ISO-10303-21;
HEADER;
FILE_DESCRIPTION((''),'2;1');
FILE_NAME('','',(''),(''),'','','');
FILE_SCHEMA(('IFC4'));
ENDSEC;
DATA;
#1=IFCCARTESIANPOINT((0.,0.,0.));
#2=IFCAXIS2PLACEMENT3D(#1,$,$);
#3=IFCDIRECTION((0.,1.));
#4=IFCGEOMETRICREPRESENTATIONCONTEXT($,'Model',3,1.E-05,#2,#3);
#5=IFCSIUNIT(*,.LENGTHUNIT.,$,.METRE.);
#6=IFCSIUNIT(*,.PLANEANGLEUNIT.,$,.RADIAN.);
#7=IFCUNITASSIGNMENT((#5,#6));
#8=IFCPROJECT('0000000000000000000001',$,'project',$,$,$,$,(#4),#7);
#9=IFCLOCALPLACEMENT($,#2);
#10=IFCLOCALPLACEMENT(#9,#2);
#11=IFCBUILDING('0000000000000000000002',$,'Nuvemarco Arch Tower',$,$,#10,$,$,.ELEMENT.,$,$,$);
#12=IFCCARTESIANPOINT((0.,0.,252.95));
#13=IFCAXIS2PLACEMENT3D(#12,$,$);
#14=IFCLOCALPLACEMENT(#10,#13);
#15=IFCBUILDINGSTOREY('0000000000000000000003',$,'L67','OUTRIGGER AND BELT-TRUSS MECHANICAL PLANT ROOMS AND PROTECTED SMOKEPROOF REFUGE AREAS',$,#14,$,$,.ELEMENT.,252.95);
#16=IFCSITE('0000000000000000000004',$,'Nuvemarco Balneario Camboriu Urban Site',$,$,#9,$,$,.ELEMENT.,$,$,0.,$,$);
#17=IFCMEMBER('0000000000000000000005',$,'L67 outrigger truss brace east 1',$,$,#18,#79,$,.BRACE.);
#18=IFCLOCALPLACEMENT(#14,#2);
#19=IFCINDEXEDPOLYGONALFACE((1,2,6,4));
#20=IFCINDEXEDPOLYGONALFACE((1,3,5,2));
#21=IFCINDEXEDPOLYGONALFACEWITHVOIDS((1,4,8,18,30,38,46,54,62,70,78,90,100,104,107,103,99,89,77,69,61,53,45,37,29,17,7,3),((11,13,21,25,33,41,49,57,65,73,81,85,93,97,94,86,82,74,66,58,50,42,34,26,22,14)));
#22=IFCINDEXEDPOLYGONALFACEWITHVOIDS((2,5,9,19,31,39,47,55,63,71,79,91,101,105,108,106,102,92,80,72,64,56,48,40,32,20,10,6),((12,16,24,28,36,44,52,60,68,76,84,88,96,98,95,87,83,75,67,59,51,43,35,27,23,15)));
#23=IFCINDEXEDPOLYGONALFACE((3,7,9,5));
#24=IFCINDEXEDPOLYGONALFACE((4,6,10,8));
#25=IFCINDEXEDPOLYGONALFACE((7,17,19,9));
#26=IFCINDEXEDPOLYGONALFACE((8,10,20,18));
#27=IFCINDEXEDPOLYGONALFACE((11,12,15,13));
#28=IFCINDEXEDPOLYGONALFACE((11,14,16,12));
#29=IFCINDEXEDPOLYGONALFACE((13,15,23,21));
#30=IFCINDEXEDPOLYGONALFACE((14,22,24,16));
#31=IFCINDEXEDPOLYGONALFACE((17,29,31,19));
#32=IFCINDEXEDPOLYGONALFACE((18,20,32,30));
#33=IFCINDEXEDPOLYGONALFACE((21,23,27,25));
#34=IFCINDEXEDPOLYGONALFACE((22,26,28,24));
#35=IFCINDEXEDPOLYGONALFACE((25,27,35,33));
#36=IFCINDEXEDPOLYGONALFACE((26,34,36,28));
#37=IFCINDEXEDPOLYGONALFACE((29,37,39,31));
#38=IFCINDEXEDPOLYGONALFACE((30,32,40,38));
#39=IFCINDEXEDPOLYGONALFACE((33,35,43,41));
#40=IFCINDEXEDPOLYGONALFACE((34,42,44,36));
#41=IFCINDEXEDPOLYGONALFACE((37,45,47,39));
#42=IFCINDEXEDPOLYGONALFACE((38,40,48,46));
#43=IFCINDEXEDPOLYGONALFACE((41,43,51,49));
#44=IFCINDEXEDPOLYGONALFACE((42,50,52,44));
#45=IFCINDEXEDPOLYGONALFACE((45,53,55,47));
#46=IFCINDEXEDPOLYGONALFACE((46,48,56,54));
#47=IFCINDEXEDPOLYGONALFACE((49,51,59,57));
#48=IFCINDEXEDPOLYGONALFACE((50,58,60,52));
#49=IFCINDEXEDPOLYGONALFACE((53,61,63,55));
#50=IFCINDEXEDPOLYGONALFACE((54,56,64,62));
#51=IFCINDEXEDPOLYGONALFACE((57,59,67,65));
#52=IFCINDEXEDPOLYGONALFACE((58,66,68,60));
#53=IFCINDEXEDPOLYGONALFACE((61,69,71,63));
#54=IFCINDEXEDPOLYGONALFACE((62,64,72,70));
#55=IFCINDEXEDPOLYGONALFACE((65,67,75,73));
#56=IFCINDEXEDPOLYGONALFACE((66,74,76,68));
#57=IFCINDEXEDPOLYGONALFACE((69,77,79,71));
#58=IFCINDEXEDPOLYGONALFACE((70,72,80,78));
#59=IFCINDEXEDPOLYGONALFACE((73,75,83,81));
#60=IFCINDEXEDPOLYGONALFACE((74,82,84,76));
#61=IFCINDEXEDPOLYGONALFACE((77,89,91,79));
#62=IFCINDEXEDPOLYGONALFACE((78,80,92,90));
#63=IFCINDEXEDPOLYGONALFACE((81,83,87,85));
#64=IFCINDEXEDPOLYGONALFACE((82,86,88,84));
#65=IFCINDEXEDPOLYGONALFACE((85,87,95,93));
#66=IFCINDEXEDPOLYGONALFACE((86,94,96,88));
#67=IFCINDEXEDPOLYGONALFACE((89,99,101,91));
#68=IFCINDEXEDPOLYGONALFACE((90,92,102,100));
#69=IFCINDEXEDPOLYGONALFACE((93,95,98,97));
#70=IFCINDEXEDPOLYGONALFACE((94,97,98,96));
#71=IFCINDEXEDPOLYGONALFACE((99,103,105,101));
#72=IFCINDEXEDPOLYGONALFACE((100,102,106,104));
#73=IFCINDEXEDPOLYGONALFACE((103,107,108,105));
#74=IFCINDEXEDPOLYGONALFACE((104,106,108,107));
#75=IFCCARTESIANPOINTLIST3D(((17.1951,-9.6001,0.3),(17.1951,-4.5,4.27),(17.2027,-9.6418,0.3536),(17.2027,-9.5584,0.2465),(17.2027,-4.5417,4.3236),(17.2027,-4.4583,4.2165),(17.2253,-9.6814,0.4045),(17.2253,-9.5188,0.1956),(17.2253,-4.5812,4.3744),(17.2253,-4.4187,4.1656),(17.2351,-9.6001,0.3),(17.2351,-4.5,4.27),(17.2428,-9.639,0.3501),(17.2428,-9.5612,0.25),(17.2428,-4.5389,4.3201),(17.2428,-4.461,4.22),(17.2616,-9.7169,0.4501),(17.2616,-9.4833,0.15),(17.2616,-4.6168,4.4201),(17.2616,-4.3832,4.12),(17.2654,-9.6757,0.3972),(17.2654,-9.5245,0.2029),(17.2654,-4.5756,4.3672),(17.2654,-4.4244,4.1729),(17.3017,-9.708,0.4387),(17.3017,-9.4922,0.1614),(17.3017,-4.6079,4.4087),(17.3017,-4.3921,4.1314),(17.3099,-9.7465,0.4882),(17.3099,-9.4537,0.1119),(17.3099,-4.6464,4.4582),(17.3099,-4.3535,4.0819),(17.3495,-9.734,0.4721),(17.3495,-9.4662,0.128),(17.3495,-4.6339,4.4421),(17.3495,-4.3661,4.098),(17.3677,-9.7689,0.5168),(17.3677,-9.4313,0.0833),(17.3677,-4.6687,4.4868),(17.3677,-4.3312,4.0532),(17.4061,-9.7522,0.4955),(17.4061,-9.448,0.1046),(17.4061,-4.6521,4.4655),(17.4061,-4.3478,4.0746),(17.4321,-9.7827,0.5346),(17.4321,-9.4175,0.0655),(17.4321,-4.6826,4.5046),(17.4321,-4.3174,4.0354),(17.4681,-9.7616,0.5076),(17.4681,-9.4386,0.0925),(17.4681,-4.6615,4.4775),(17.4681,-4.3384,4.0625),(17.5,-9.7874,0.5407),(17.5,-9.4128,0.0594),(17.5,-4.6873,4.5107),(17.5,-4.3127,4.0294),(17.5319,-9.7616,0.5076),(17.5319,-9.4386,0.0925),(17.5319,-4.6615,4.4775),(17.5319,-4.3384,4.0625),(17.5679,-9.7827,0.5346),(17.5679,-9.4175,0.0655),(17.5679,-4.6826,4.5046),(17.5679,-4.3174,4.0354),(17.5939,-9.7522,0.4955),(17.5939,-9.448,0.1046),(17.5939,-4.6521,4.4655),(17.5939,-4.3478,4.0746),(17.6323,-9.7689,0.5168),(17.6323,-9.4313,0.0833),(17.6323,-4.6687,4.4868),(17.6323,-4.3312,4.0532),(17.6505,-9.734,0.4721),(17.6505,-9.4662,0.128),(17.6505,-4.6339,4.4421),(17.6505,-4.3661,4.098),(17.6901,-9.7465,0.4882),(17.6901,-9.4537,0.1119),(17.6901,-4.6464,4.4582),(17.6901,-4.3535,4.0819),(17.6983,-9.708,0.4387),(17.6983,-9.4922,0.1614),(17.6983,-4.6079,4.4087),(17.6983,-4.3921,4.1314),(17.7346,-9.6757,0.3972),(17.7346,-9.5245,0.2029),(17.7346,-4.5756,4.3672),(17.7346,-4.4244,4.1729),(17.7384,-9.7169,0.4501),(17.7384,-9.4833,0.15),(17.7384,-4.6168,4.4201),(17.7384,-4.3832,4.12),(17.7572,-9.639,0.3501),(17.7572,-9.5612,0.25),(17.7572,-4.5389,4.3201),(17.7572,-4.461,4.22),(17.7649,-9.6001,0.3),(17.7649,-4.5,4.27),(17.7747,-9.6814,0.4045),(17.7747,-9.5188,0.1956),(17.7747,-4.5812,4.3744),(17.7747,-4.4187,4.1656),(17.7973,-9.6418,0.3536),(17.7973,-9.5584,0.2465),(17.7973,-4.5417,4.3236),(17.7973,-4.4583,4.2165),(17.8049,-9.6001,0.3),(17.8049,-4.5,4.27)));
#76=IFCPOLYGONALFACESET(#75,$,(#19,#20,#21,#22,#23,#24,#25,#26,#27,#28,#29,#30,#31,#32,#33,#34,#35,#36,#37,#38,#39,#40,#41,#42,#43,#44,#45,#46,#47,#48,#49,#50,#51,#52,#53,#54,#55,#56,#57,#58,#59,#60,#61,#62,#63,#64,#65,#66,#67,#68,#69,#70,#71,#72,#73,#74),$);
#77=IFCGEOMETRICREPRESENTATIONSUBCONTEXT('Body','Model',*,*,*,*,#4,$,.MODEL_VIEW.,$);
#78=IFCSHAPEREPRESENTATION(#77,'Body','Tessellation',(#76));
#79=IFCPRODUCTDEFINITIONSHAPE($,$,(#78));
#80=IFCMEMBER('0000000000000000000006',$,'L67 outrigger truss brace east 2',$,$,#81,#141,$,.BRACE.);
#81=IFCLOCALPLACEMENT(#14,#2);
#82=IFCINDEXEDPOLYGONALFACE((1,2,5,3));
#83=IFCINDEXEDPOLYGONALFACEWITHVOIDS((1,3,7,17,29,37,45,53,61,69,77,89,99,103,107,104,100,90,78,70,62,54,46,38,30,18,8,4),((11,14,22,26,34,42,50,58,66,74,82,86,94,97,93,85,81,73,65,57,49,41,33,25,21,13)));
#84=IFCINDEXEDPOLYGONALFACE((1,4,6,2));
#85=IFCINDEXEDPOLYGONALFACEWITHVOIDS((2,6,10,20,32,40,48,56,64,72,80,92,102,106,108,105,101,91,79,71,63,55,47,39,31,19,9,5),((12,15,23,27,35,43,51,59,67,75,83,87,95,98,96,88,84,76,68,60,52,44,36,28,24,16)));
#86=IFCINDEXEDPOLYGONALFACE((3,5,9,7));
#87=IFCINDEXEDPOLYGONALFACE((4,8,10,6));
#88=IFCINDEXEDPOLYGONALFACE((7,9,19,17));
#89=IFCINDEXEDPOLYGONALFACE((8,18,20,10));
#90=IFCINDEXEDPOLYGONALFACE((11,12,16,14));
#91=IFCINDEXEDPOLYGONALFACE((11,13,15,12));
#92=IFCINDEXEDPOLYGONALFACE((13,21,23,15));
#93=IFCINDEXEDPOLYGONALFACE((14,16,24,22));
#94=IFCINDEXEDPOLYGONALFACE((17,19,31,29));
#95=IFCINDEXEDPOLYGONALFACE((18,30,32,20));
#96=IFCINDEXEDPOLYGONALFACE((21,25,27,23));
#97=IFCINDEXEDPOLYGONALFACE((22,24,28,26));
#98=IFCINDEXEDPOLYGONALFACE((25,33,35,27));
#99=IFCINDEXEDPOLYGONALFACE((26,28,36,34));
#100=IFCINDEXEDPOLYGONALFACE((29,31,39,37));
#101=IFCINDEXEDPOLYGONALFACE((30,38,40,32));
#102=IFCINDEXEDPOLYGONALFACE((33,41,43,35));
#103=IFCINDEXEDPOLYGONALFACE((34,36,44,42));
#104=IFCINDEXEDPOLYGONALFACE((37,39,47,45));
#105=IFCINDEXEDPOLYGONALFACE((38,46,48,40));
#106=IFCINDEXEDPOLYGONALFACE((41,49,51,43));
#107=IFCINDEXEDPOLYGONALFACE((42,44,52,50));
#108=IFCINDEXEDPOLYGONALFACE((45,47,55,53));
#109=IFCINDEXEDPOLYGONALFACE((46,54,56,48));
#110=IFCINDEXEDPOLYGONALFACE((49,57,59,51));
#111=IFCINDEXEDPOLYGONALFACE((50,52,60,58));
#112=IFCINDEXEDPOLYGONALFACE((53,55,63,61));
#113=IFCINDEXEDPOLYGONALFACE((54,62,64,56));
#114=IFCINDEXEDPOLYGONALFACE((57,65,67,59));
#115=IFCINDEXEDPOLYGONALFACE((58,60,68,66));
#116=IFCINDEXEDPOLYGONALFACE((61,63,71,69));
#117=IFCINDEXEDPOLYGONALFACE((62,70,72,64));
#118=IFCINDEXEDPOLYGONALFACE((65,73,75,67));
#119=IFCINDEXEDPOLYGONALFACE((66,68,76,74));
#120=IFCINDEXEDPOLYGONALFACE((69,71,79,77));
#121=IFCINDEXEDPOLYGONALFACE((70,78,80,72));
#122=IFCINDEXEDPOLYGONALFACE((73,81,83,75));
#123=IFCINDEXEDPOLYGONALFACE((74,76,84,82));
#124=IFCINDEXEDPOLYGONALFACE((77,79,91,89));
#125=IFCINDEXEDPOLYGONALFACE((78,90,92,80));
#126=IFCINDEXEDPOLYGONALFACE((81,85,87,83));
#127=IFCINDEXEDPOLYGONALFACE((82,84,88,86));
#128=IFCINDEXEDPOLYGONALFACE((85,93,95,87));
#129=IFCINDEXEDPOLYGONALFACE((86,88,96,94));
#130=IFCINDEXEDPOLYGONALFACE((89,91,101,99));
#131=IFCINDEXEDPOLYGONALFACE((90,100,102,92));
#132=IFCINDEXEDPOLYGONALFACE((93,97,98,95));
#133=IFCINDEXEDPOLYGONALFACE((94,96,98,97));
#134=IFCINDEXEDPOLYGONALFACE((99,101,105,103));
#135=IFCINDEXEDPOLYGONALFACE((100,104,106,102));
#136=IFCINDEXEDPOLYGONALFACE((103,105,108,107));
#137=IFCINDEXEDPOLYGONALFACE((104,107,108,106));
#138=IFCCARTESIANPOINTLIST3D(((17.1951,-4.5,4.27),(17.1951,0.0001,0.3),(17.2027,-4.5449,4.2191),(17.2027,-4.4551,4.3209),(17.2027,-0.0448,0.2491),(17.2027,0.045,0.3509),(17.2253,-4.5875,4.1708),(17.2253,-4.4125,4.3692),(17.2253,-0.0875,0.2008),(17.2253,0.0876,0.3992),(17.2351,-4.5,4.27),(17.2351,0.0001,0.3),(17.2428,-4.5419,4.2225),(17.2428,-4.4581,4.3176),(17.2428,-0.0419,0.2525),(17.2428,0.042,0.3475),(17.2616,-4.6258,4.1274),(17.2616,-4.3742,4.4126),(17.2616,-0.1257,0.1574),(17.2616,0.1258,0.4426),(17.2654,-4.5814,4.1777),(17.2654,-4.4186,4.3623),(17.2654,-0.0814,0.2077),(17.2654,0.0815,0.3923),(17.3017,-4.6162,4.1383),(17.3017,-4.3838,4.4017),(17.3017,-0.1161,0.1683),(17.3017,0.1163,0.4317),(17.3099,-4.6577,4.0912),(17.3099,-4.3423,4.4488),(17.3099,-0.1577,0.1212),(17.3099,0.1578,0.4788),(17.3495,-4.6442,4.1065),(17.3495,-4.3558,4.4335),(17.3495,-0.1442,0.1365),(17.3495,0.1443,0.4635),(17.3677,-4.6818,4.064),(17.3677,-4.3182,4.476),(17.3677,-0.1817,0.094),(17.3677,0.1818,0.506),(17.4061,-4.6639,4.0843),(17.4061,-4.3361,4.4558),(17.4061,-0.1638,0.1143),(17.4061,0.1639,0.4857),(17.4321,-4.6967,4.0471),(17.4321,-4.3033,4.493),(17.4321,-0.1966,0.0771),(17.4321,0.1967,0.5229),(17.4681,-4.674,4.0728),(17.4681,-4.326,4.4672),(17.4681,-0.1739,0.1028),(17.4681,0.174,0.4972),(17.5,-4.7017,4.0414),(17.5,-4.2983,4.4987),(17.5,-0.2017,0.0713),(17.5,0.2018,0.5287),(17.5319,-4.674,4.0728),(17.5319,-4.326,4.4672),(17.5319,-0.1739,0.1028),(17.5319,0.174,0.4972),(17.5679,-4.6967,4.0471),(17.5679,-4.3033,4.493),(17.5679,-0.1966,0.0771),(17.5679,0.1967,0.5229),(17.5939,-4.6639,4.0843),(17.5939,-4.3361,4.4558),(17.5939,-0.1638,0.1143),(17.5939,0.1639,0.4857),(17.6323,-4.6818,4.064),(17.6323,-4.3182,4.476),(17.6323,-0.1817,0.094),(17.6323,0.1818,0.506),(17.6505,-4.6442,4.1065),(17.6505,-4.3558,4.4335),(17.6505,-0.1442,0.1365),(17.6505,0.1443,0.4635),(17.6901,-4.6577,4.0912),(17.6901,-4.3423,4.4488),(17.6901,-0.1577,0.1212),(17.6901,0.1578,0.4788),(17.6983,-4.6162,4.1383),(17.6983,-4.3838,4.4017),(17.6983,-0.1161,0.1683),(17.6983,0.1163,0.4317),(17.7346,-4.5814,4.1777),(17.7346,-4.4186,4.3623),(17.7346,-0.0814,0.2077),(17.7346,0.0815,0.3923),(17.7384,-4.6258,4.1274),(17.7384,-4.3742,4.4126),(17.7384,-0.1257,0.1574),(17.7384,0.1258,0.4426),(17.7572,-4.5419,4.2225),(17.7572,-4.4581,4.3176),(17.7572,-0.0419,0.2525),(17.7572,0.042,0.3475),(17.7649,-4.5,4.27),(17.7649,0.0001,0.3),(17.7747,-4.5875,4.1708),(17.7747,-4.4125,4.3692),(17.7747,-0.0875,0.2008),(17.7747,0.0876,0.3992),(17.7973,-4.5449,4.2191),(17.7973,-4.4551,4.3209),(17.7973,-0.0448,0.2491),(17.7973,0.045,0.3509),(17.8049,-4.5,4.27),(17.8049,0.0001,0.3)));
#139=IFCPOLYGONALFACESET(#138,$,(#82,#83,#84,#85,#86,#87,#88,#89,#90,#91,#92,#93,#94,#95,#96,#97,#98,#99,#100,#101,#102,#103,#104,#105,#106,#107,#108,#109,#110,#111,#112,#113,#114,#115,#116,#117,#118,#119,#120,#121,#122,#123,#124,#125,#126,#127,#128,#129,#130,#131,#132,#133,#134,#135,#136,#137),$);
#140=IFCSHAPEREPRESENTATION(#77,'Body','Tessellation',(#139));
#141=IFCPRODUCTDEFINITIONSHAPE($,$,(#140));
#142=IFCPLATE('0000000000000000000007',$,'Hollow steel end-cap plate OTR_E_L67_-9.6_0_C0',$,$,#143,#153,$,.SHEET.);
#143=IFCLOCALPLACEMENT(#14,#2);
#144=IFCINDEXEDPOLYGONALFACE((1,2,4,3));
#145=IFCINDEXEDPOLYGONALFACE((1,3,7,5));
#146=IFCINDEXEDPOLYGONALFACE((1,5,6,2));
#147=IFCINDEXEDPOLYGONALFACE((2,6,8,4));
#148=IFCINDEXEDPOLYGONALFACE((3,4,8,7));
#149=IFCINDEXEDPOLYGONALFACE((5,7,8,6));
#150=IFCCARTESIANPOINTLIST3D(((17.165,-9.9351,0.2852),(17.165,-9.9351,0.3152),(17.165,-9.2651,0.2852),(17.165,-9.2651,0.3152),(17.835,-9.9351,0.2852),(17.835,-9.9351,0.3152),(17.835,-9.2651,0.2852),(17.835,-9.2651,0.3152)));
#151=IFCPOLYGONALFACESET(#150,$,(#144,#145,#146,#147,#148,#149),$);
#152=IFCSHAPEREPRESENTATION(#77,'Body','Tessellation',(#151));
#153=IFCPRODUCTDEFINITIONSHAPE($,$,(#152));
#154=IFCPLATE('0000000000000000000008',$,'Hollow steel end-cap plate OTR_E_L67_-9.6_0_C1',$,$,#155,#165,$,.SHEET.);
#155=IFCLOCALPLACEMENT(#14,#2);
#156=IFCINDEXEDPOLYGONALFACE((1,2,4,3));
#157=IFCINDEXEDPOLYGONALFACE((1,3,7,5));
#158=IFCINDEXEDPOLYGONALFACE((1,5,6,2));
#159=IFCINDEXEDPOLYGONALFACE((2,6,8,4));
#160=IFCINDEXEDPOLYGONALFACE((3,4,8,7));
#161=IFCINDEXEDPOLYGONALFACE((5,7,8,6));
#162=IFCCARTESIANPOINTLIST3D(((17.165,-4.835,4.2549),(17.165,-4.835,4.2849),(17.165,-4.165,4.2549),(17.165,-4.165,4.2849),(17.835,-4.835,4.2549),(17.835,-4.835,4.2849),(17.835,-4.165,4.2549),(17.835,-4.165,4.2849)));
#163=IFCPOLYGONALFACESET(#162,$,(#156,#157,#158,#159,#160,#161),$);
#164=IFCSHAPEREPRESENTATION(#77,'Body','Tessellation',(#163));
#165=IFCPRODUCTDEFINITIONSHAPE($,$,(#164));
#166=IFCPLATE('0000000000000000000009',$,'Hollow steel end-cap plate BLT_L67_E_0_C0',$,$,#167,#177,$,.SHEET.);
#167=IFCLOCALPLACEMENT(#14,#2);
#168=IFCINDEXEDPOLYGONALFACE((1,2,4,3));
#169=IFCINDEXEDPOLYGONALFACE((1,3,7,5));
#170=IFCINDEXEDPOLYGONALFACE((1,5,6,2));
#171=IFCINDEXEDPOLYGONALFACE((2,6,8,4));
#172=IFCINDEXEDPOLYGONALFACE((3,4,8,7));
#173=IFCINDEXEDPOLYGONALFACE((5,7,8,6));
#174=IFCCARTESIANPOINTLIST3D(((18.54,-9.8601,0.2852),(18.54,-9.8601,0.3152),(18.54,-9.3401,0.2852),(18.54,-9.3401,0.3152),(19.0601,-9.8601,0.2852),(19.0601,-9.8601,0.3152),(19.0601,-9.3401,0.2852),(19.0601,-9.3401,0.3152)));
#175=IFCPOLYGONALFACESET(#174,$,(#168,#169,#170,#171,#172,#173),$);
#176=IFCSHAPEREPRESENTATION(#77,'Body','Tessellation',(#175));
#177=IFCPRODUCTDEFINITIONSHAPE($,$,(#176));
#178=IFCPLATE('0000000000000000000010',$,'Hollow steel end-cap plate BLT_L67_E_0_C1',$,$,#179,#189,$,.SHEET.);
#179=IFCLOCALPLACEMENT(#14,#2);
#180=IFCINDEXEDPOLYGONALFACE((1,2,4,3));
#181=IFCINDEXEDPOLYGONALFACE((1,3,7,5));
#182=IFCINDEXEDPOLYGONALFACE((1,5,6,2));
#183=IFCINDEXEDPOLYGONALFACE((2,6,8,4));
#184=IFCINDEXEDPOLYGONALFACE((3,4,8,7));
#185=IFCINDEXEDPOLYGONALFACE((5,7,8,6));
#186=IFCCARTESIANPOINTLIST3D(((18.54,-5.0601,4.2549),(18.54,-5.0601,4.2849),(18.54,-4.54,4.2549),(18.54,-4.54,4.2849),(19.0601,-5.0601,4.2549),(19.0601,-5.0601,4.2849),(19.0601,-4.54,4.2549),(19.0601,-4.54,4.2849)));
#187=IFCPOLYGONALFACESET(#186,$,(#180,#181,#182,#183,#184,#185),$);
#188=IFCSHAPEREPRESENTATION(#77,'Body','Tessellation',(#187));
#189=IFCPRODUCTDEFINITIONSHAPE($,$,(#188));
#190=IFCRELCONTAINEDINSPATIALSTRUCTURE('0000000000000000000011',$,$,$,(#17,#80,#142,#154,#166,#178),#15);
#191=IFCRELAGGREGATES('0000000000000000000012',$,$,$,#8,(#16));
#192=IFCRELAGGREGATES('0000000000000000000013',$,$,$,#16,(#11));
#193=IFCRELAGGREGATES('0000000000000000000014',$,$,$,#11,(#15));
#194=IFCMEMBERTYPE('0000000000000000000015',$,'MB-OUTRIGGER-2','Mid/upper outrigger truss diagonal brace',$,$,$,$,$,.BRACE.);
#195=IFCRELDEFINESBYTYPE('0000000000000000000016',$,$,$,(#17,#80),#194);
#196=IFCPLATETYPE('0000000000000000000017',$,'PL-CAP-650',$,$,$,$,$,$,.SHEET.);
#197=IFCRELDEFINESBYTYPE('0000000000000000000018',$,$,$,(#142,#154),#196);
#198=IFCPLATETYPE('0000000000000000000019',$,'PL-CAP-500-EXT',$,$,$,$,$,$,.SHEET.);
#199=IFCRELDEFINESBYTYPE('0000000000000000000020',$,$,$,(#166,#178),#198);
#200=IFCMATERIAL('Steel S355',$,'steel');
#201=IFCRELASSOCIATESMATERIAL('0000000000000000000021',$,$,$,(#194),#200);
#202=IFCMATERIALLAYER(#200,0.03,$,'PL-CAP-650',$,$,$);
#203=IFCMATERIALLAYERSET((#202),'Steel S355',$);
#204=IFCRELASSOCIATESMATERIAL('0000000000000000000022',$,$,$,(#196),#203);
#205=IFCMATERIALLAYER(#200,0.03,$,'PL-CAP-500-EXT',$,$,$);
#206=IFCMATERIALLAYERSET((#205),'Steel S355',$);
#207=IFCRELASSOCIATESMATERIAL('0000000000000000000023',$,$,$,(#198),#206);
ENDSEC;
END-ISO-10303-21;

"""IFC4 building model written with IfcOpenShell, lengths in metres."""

from ifc_helpers import new_model, si_unit, direction, frame, origin, origin_2d, place, context, subcontext, project, spatial, rectangle, hollow_circle, extrude, source, transform, mapped, material, layer, layer_set, material_profile, profile_set, type_object, type_shapes, element, save


model = new_model("IFC4")

# Units and contexts
model_context = context("Model", 3, precision=1e-05, world=origin(), true_north=direction((0.0, 1.0)))
body_context = subcontext(model_context, "Body", "Model", "MODEL_VIEW")
ifc_project = project(units=[si_unit("LENGTHUNIT", "METRE"), si_unit("PLANEANGLEUNIT", "RADIAN")], contexts=[model_context])

# Site, building, storey
site_placement = place(None, origin())
site = spatial("IfcSite", under=ifc_project, at=site_placement, Name="Nuvemarco Balneario Camboriu Urban Site", CompositionType="ELEMENT", RefElevation=0.0)
building_placement = place(site_placement, origin())
building = spatial("IfcBuilding", under=site, at=building_placement, Name="Nuvemarco Arch Tower", CompositionType="ELEMENT")
storey_placement = place(building_placement, frame((0.0, 0.0, 252.95)))
storey = spatial("IfcBuildingStorey", under=building, at=storey_placement, Name="L67", Description="OUTRIGGER AND BELT-TRUSS MECHANICAL PLANT ROOMS AND PROTECTED SMOKEPROOF REFUGE AREAS", CompositionType="ELEMENT", Elevation=252.95)

# Shared definitions
ifc_material_1 = material(Name="Steel S355", Category="steel")

# Members
ifc_material_profile_1 = material_profile(ifc_material_1, hollow_circle(Radius=0.3049, WallThickness=0.04, at=origin_2d()), Name="CHS610x40")
ifc_profile_set_1 = profile_set([ifc_material_profile_1], Name="Steel S355")
member_type_1 = type_object("IfcMemberType", Name="MB-OUTRIGGER-2", Description="Mid/upper outrigger truss diagonal brace", PredefinedType="BRACE", material=ifc_profile_set_1)
member_1_placement = place(storey_placement, frame((17.5, -9.6001, 0.3), z_axis=(0.0, 0.78911, 0.614252), x_axis=(-1.0, 0.0, 0.0)))
element("IfcMember", 1, at=member_1_placement, inside=storey, type_object=member_type_1, Name="L67 outrigger truss brace east 1", PredefinedType="BRACE", context=body_context, shape_type="SweptSolid", body=[
    extrude(hollow_circle(Radius=0.3049, WallThickness=0.04, at=origin_2d()), origin(), (0.0, 0.0, 1.0), 6.4631),
])
member_2_placement = place(storey_placement, frame((17.5, -4.5, 4.27), z_axis=(0.0, 0.749889, -0.661564), x_axis=(-1.0, 0.0, 0.0)))
element("IfcMember", 2, at=member_2_placement, inside=storey, type_object=member_type_1, Name="L67 outrigger truss brace east 2", PredefinedType="BRACE", context=body_context, shape_type="SweptSolid", body=[
    extrude(hollow_circle(Radius=0.3049, WallThickness=0.04, at=origin_2d()), origin(), (0.0, 0.0, 1.0), 6.001),
])

# Plates
ifc_layer_1 = layer(ifc_material_1, 0.03, Name="PL-CAP-650")
ifc_layer_set_1 = layer_set([ifc_layer_1], Name="Steel S355")
plate_type_1 = type_object("IfcPlateType", Name="PL-CAP-650", PredefinedType="SHEET", material=ifc_layer_set_1)
shared_shape_1 = source(origin(), body_context, "Body", "SweptSolid", [
    extrude(rectangle(XDim=0.6699, YDim=0.6699, at=origin_2d()), origin(), (0.0, 0.0, 1.0), 0.03),
])
type_shapes(plate_type_1, [shared_shape_1])
for number, where, z_axis, x_axis, name in (
    (3, (17.5, -9.6001, 0.2852), (0.0, 0.0, 1.0), (1.0, 0.0, 0.0), "Hollow steel end-cap plate OTR_E_L67_-9.6_0_C0"),
    (4, (17.5, -4.5, 4.2549), (0.0, 0.0, 1.0), (1.0, 0.0, 0.0), "Hollow steel end-cap plate OTR_E_L67_-9.6_0_C1"),
):
    element("IfcPlate", number, at=place(storey_placement, frame(where, z_axis=z_axis, x_axis=x_axis)), inside=storey, type_object=plate_type_1, Name=name, PredefinedType="SHEET", context=body_context, shape_type="MappedRepresentation", body=[
        mapped(shared_shape_1, transform((0.0, 0.0, 0.0), scale=1.0)),
    ])
ifc_layer_2 = layer(ifc_material_1, 0.03, Name="PL-CAP-500-EXT")
ifc_layer_set_2 = layer_set([ifc_layer_2], Name="Steel S355")
plate_type_2 = type_object("IfcPlateType", Name="PL-CAP-500-EXT", PredefinedType="SHEET", material=ifc_layer_set_2)
shared_shape_2 = source(origin(), body_context, "Body", "SweptSolid", [
    extrude(rectangle(XDim=0.52, YDim=0.52, at=origin_2d()), origin(), (0.0, 0.0, 1.0), 0.03),
])
type_shapes(plate_type_2, [shared_shape_2])
for number, where, z_axis, x_axis, name in (
    (5, (18.8, -9.6001, 0.2852), (0.0, 0.0, 1.0), (1.0, 0.0, 0.0), "Hollow steel end-cap plate BLT_L67_E_0_C0"),
    (6, (18.8, -4.8, 4.2549), (0.0, 0.0, 1.0), (1.0, 0.0, 0.0), "Hollow steel end-cap plate BLT_L67_E_0_C1"),
):
    element("IfcPlate", number, at=place(storey_placement, frame(where, z_axis=z_axis, x_axis=x_axis)), inside=storey, type_object=plate_type_2, Name=name, PredefinedType="SHEET", context=body_context, shape_type="MappedRepresentation", body=[
        mapped(shared_shape_2, transform((0.0, 0.0, 0.0), scale=1.0)),
    ])

save(model, "model.ifc")
